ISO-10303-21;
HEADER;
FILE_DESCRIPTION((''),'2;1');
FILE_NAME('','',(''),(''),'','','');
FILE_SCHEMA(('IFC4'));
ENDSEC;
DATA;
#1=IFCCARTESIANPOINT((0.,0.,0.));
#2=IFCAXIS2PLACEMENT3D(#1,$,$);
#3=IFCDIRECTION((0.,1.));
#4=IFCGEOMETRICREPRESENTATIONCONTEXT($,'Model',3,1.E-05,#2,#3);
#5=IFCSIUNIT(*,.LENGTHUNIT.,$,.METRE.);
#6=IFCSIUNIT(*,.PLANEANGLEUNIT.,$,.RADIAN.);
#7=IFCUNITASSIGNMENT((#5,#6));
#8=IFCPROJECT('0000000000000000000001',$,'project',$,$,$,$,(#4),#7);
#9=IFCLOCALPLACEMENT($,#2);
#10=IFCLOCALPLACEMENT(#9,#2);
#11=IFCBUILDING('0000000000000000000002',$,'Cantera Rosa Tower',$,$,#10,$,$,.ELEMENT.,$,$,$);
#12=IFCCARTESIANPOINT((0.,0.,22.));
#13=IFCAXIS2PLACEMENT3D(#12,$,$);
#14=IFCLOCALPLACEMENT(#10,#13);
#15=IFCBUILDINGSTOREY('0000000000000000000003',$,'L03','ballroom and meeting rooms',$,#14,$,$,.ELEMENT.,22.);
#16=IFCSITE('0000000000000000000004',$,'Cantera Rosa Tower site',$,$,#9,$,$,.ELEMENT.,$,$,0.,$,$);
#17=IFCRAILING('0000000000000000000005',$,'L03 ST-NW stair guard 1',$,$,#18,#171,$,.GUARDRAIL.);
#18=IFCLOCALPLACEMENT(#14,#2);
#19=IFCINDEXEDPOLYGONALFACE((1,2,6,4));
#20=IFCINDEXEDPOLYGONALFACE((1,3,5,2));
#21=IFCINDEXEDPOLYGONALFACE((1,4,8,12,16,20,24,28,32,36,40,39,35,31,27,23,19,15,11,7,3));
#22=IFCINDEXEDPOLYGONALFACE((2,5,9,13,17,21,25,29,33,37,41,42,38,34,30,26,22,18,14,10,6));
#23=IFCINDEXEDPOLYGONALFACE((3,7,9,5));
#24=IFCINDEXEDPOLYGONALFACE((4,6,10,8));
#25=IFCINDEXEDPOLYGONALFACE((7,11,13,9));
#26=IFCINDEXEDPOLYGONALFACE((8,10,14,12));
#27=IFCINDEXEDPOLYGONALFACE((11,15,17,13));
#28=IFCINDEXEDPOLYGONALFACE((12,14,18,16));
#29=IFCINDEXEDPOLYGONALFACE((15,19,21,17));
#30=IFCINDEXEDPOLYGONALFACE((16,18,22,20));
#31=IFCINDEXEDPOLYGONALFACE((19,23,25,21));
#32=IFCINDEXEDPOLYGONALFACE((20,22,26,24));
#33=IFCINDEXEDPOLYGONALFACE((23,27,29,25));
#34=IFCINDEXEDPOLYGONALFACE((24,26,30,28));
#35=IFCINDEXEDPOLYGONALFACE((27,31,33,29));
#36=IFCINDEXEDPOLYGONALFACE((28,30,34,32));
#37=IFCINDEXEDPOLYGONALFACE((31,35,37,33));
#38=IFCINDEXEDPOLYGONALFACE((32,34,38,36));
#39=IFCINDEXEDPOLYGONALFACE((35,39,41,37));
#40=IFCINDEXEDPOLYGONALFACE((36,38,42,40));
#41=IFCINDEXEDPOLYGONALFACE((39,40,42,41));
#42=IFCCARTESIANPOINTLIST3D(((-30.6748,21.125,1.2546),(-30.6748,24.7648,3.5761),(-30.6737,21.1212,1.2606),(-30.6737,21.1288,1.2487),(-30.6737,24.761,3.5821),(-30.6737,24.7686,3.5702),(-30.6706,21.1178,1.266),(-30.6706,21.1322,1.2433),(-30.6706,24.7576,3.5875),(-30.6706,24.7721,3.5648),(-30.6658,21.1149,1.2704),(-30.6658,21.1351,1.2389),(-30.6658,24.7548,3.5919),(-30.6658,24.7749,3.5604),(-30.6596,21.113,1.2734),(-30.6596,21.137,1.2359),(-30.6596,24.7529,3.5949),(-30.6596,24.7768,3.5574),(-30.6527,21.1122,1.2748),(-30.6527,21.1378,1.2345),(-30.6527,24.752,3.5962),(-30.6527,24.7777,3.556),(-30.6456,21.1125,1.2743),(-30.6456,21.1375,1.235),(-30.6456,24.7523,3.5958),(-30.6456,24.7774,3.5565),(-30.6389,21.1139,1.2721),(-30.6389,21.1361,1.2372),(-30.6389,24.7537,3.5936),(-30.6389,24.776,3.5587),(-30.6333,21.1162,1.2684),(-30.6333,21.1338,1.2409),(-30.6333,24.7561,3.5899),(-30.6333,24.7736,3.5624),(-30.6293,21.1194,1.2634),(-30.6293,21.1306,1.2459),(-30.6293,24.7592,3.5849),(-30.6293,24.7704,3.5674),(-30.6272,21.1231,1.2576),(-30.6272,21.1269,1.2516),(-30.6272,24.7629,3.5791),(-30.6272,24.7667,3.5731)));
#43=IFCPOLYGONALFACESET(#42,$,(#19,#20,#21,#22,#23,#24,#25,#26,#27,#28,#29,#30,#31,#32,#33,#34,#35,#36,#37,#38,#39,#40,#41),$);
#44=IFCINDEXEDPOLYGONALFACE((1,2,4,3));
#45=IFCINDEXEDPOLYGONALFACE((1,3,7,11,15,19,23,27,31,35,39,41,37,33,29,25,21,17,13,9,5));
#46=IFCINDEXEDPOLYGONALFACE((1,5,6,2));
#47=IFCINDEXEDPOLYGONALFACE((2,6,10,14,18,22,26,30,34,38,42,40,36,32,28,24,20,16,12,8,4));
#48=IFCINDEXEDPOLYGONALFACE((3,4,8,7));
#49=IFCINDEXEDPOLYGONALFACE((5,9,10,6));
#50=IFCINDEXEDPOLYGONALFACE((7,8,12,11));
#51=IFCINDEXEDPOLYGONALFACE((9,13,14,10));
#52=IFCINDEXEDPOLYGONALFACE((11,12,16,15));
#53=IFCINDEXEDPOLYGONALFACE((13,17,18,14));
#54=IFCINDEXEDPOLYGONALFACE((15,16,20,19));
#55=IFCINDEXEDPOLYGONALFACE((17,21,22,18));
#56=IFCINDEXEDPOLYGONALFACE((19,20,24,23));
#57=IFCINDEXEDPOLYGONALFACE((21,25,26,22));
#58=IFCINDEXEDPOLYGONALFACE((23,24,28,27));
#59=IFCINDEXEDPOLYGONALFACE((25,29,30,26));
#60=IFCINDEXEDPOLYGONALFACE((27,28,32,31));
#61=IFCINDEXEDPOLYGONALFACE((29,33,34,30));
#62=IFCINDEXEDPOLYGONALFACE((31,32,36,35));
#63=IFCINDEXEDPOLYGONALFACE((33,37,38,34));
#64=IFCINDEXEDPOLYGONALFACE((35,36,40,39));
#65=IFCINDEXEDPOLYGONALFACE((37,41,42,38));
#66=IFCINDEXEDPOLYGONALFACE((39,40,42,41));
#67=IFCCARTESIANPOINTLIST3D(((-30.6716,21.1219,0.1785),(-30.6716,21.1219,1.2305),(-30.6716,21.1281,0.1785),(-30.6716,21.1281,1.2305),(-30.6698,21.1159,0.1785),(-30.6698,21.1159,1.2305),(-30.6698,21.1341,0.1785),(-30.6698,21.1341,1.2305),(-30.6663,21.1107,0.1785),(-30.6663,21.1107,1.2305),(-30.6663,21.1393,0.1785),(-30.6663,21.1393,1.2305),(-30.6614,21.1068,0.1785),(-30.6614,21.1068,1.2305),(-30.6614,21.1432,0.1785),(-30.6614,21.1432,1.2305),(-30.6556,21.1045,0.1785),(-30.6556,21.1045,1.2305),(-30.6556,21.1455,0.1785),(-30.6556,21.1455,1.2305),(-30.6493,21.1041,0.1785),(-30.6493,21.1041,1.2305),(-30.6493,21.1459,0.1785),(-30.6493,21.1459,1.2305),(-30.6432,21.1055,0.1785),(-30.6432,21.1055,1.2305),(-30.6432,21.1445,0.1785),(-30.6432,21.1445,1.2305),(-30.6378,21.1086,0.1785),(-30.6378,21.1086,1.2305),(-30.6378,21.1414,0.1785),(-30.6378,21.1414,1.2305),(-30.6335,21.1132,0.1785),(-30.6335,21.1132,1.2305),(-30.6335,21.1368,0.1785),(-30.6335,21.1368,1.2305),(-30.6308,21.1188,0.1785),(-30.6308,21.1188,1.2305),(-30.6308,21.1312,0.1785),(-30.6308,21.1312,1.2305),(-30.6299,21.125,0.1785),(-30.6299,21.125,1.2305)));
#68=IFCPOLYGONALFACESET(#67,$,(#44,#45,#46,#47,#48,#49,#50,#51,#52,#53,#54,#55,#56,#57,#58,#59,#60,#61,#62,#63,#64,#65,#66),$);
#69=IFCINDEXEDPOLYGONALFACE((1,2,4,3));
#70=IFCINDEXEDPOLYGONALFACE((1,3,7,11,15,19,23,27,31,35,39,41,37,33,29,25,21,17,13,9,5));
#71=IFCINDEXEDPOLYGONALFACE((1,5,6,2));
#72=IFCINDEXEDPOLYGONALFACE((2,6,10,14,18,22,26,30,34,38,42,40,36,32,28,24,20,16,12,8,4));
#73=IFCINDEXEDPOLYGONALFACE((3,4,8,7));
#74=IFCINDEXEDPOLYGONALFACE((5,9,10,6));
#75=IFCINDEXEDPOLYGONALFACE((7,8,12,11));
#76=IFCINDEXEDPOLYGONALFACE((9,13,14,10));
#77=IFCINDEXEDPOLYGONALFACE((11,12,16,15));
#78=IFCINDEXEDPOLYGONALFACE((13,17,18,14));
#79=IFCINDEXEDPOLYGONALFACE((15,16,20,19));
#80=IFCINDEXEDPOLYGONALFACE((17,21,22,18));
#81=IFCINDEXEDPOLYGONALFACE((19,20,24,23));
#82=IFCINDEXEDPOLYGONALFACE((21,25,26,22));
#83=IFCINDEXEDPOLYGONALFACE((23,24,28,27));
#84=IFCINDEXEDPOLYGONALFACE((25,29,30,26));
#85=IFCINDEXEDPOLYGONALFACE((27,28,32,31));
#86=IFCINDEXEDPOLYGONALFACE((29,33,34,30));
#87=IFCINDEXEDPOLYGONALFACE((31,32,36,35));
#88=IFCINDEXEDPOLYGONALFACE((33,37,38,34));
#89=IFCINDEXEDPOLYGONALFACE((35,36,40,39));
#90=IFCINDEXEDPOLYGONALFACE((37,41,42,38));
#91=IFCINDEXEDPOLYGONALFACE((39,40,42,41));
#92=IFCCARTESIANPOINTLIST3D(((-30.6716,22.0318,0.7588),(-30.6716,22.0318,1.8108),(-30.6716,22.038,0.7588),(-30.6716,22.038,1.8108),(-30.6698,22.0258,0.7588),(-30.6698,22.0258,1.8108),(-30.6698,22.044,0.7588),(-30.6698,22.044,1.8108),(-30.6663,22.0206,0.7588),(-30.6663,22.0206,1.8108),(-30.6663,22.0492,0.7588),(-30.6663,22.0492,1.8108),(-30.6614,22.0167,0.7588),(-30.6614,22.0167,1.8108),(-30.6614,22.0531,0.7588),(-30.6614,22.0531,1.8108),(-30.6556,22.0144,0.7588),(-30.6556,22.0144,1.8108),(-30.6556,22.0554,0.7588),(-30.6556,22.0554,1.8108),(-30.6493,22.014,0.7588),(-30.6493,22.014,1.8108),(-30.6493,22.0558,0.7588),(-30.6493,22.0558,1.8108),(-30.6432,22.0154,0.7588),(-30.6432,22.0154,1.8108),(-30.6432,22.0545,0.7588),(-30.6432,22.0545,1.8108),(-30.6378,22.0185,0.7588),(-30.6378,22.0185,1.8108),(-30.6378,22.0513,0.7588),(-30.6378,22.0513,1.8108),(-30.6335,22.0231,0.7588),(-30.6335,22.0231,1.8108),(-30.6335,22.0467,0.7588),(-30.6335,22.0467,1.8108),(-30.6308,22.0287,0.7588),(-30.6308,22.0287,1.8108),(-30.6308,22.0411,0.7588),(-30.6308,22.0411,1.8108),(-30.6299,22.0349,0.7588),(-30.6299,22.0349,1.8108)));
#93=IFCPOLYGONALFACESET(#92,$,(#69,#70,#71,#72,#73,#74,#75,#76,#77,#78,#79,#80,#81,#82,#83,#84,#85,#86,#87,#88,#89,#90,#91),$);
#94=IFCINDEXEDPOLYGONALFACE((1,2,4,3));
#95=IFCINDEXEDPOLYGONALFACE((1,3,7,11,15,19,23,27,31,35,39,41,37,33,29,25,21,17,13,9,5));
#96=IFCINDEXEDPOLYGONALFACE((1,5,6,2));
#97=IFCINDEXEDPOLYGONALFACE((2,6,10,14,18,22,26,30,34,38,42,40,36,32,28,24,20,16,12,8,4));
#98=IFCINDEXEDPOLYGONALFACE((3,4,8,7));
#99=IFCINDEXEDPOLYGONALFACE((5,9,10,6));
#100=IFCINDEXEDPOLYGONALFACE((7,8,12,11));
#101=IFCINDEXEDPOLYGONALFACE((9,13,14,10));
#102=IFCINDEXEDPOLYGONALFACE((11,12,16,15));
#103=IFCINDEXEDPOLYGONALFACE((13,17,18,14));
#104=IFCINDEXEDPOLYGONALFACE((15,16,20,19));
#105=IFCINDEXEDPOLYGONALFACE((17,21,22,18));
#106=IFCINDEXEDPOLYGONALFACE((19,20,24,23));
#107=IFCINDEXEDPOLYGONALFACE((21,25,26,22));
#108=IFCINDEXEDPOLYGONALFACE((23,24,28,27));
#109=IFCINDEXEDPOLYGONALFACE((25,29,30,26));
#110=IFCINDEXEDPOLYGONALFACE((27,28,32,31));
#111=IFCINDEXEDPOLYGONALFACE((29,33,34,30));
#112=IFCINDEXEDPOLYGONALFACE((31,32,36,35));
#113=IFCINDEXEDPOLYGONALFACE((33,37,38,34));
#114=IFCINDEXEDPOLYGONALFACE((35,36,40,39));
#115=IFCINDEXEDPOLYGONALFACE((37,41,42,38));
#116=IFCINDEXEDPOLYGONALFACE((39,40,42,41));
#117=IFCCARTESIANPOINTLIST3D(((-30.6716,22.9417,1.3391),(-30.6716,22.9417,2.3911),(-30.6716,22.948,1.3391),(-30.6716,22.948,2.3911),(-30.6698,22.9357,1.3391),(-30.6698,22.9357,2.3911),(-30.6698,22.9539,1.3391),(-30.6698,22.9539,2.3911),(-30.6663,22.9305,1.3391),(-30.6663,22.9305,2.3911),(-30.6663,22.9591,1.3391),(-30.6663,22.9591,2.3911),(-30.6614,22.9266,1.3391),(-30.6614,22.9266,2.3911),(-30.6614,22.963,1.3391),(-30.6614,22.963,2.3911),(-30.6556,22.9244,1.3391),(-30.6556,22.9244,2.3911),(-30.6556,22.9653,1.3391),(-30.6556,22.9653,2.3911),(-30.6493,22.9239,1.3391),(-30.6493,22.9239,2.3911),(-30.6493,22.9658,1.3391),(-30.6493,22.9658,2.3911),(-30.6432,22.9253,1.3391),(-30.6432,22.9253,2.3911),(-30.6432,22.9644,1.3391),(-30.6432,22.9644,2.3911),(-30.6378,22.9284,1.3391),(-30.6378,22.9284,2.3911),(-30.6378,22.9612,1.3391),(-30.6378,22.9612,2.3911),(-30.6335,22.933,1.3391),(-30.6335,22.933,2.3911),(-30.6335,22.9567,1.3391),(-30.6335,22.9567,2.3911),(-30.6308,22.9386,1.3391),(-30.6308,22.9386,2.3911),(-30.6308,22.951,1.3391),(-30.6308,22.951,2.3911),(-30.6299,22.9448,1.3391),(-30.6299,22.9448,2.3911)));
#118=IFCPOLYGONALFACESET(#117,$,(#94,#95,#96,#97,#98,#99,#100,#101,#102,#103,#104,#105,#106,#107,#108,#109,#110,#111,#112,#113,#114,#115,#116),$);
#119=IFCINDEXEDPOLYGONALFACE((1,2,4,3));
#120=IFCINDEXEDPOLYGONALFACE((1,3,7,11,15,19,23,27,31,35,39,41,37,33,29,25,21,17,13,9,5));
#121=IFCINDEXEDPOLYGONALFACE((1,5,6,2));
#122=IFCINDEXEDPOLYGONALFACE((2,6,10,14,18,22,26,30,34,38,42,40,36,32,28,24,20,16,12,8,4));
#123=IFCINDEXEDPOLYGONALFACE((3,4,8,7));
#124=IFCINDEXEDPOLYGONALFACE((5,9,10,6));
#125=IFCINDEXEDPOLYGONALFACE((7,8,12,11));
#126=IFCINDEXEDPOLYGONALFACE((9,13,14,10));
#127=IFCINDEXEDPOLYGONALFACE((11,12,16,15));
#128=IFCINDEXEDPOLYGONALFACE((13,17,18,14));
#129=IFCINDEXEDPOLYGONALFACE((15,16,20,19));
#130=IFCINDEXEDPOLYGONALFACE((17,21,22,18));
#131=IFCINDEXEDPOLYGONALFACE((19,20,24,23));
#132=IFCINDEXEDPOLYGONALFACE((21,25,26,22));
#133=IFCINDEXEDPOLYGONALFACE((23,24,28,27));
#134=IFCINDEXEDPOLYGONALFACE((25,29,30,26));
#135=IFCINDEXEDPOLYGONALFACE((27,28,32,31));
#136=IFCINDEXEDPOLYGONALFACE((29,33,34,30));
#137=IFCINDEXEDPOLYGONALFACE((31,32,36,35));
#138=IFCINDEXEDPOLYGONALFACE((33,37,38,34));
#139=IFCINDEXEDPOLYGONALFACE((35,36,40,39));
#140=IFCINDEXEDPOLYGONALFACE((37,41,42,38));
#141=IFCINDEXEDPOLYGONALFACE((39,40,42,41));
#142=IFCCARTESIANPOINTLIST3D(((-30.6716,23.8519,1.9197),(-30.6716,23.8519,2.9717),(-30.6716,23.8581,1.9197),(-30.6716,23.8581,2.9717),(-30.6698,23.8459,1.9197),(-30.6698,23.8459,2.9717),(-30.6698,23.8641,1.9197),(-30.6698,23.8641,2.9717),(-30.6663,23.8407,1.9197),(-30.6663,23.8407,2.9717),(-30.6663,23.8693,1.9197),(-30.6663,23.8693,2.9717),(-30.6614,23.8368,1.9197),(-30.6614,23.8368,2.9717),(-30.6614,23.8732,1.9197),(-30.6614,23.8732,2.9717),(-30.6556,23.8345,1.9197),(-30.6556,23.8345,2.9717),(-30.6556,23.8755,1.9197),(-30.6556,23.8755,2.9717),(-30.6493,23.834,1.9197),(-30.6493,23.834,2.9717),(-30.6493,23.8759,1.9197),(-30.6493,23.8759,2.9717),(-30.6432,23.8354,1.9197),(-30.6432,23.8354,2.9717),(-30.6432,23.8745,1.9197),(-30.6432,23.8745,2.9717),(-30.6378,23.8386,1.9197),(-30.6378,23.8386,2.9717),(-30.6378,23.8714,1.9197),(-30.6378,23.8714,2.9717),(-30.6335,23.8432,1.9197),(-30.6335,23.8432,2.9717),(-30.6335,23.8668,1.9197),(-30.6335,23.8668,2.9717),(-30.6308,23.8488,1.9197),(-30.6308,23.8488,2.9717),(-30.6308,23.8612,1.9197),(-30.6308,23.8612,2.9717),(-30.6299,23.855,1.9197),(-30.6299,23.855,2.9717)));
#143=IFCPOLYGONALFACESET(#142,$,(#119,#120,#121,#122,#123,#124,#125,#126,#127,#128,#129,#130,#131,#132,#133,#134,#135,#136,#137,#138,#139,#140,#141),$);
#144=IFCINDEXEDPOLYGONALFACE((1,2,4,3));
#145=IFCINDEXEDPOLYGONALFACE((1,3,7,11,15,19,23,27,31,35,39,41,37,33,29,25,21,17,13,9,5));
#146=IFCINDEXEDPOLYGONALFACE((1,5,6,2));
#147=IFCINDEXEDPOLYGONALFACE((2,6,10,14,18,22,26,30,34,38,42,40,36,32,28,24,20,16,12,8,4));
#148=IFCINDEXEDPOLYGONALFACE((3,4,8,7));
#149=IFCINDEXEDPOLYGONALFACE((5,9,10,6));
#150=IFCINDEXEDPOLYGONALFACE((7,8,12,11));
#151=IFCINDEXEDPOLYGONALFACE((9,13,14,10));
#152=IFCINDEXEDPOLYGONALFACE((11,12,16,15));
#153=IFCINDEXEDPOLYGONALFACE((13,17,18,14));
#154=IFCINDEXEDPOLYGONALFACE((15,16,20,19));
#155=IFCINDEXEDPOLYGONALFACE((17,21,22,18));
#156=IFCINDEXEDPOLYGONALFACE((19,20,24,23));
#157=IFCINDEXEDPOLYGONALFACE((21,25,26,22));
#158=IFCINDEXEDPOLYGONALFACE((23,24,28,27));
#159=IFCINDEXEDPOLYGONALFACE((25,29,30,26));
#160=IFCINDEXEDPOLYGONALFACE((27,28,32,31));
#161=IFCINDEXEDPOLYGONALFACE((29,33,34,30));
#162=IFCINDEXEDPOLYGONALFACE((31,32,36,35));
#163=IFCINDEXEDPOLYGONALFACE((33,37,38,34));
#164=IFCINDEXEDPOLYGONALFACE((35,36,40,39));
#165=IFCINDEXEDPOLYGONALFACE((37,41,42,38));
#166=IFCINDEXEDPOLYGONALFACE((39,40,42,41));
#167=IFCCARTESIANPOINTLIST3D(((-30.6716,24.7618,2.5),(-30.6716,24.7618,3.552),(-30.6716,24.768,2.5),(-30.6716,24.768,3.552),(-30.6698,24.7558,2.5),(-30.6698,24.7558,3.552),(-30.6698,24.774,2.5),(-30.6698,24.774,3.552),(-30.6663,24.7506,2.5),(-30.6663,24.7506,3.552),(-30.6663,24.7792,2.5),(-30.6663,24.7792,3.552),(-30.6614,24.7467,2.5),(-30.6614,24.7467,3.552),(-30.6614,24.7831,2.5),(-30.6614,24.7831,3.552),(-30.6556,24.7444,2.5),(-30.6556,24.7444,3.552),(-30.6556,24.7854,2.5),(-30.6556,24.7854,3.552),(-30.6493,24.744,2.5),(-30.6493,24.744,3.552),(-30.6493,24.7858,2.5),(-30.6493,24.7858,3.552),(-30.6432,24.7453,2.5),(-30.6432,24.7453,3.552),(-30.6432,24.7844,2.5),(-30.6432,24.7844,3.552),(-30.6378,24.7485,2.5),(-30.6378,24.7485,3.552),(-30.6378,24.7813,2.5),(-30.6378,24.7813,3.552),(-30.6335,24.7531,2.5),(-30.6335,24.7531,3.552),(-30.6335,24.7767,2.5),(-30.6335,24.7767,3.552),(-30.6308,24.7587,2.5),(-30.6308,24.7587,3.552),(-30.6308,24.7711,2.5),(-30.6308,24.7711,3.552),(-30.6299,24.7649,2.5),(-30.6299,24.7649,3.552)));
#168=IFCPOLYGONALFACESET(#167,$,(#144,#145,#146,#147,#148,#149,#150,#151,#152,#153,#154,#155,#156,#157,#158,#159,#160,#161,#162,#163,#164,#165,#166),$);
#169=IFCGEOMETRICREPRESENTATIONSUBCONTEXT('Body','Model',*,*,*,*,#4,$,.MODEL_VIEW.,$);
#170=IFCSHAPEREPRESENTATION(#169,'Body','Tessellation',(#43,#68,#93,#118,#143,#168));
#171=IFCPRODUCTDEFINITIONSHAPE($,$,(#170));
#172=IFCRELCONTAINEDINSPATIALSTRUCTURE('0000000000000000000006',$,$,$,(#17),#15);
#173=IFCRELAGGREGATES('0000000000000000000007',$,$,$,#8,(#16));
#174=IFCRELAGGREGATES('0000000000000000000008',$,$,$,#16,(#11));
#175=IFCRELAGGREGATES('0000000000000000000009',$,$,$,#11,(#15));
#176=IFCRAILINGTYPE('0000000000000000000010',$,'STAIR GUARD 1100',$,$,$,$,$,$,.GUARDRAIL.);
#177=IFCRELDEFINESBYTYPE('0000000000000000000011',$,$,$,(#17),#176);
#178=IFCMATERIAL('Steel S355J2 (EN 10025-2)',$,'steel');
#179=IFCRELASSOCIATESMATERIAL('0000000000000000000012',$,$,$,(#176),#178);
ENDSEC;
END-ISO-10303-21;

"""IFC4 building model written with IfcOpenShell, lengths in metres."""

from ifc_helpers import new_model, si_unit, direction, frame, origin, origin_2d, place, context, subcontext, project, spatial, circle, extrude, material, type_object, element, save


model = new_model("IFC4")

# Units and contexts
model_context = context("Model", 3, precision=1e-05, world=origin(), true_north=direction((0.0, 1.0)))
body_context = subcontext(model_context, "Body", "Model", "MODEL_VIEW")
ifc_project = project(units=[si_unit("LENGTHUNIT", "METRE"), si_unit("PLANEANGLEUNIT", "RADIAN")], contexts=[model_context])

# Site, building, storey
site_placement = place(None, origin())
site = spatial("IfcSite", under=ifc_project, at=site_placement, Name="Cantera Rosa Tower site", CompositionType="ELEMENT", RefElevation=0.0)
building_placement = place(site_placement, origin())
building = spatial("IfcBuilding", under=site, at=building_placement, Name="Cantera Rosa Tower", CompositionType="ELEMENT")
storey_placement = place(building_placement, frame((0.0, 0.0, 22.0)))
storey = spatial("IfcBuildingStorey", under=building, at=storey_placement, Name="L03", Description="ballroom and meeting rooms", CompositionType="ELEMENT", Elevation=22.0)

# Railing
ifc_material_1 = material(Name="Steel S355J2 (EN 10025-2)", Category="steel")
railing_type_1 = type_object("IfcRailingType", Name="STAIR GUARD 1100", PredefinedType="GUARDRAIL", material=ifc_material_1)
railing_1_placement = place(storey_placement, frame((-30.6509, 21.125, 0.1785)))
element("IfcRailing", 1, at=railing_1_placement, inside=storey, type_object=railing_type_1, Name="L03 ST-NW stair guard 1", PredefinedType="GUARDRAIL", context=body_context, shape_type="SweptSolid", body=[
    extrude(circle(Radius=0.0239, at=origin_2d()), frame((0.0, 0.0, 1.0762), z_axis=(0.0, 0.843112, 0.537739), x_axis=(-1.0, 0.0, 0.0)), (0.0, 0.0, 1.0), 4.3171),
    extrude(circle(Radius=0.021, at=origin_2d()), origin(), (0.0, 0.0, 1.0), 1.052),
    extrude(circle(Radius=0.021, at=origin_2d()), frame((0.0, 0.9099, 0.5803)), (0.0, 0.0, 1.0), 1.052),
    extrude(circle(Radius=0.021, at=origin_2d()), frame((0.0, 1.8198, 1.1606)), (0.0, 0.0, 1.0), 1.052),
    extrude(circle(Radius=0.021, at=origin_2d()), frame((0.0, 2.73, 1.7412)), (0.0, 0.0, 1.0), 1.052),
    extrude(circle(Radius=0.021, at=origin_2d()), frame((0.0, 3.6399, 2.3215)), (0.0, 0.0, 1.0), 1.052),
])

save(model, "model.ifc")
